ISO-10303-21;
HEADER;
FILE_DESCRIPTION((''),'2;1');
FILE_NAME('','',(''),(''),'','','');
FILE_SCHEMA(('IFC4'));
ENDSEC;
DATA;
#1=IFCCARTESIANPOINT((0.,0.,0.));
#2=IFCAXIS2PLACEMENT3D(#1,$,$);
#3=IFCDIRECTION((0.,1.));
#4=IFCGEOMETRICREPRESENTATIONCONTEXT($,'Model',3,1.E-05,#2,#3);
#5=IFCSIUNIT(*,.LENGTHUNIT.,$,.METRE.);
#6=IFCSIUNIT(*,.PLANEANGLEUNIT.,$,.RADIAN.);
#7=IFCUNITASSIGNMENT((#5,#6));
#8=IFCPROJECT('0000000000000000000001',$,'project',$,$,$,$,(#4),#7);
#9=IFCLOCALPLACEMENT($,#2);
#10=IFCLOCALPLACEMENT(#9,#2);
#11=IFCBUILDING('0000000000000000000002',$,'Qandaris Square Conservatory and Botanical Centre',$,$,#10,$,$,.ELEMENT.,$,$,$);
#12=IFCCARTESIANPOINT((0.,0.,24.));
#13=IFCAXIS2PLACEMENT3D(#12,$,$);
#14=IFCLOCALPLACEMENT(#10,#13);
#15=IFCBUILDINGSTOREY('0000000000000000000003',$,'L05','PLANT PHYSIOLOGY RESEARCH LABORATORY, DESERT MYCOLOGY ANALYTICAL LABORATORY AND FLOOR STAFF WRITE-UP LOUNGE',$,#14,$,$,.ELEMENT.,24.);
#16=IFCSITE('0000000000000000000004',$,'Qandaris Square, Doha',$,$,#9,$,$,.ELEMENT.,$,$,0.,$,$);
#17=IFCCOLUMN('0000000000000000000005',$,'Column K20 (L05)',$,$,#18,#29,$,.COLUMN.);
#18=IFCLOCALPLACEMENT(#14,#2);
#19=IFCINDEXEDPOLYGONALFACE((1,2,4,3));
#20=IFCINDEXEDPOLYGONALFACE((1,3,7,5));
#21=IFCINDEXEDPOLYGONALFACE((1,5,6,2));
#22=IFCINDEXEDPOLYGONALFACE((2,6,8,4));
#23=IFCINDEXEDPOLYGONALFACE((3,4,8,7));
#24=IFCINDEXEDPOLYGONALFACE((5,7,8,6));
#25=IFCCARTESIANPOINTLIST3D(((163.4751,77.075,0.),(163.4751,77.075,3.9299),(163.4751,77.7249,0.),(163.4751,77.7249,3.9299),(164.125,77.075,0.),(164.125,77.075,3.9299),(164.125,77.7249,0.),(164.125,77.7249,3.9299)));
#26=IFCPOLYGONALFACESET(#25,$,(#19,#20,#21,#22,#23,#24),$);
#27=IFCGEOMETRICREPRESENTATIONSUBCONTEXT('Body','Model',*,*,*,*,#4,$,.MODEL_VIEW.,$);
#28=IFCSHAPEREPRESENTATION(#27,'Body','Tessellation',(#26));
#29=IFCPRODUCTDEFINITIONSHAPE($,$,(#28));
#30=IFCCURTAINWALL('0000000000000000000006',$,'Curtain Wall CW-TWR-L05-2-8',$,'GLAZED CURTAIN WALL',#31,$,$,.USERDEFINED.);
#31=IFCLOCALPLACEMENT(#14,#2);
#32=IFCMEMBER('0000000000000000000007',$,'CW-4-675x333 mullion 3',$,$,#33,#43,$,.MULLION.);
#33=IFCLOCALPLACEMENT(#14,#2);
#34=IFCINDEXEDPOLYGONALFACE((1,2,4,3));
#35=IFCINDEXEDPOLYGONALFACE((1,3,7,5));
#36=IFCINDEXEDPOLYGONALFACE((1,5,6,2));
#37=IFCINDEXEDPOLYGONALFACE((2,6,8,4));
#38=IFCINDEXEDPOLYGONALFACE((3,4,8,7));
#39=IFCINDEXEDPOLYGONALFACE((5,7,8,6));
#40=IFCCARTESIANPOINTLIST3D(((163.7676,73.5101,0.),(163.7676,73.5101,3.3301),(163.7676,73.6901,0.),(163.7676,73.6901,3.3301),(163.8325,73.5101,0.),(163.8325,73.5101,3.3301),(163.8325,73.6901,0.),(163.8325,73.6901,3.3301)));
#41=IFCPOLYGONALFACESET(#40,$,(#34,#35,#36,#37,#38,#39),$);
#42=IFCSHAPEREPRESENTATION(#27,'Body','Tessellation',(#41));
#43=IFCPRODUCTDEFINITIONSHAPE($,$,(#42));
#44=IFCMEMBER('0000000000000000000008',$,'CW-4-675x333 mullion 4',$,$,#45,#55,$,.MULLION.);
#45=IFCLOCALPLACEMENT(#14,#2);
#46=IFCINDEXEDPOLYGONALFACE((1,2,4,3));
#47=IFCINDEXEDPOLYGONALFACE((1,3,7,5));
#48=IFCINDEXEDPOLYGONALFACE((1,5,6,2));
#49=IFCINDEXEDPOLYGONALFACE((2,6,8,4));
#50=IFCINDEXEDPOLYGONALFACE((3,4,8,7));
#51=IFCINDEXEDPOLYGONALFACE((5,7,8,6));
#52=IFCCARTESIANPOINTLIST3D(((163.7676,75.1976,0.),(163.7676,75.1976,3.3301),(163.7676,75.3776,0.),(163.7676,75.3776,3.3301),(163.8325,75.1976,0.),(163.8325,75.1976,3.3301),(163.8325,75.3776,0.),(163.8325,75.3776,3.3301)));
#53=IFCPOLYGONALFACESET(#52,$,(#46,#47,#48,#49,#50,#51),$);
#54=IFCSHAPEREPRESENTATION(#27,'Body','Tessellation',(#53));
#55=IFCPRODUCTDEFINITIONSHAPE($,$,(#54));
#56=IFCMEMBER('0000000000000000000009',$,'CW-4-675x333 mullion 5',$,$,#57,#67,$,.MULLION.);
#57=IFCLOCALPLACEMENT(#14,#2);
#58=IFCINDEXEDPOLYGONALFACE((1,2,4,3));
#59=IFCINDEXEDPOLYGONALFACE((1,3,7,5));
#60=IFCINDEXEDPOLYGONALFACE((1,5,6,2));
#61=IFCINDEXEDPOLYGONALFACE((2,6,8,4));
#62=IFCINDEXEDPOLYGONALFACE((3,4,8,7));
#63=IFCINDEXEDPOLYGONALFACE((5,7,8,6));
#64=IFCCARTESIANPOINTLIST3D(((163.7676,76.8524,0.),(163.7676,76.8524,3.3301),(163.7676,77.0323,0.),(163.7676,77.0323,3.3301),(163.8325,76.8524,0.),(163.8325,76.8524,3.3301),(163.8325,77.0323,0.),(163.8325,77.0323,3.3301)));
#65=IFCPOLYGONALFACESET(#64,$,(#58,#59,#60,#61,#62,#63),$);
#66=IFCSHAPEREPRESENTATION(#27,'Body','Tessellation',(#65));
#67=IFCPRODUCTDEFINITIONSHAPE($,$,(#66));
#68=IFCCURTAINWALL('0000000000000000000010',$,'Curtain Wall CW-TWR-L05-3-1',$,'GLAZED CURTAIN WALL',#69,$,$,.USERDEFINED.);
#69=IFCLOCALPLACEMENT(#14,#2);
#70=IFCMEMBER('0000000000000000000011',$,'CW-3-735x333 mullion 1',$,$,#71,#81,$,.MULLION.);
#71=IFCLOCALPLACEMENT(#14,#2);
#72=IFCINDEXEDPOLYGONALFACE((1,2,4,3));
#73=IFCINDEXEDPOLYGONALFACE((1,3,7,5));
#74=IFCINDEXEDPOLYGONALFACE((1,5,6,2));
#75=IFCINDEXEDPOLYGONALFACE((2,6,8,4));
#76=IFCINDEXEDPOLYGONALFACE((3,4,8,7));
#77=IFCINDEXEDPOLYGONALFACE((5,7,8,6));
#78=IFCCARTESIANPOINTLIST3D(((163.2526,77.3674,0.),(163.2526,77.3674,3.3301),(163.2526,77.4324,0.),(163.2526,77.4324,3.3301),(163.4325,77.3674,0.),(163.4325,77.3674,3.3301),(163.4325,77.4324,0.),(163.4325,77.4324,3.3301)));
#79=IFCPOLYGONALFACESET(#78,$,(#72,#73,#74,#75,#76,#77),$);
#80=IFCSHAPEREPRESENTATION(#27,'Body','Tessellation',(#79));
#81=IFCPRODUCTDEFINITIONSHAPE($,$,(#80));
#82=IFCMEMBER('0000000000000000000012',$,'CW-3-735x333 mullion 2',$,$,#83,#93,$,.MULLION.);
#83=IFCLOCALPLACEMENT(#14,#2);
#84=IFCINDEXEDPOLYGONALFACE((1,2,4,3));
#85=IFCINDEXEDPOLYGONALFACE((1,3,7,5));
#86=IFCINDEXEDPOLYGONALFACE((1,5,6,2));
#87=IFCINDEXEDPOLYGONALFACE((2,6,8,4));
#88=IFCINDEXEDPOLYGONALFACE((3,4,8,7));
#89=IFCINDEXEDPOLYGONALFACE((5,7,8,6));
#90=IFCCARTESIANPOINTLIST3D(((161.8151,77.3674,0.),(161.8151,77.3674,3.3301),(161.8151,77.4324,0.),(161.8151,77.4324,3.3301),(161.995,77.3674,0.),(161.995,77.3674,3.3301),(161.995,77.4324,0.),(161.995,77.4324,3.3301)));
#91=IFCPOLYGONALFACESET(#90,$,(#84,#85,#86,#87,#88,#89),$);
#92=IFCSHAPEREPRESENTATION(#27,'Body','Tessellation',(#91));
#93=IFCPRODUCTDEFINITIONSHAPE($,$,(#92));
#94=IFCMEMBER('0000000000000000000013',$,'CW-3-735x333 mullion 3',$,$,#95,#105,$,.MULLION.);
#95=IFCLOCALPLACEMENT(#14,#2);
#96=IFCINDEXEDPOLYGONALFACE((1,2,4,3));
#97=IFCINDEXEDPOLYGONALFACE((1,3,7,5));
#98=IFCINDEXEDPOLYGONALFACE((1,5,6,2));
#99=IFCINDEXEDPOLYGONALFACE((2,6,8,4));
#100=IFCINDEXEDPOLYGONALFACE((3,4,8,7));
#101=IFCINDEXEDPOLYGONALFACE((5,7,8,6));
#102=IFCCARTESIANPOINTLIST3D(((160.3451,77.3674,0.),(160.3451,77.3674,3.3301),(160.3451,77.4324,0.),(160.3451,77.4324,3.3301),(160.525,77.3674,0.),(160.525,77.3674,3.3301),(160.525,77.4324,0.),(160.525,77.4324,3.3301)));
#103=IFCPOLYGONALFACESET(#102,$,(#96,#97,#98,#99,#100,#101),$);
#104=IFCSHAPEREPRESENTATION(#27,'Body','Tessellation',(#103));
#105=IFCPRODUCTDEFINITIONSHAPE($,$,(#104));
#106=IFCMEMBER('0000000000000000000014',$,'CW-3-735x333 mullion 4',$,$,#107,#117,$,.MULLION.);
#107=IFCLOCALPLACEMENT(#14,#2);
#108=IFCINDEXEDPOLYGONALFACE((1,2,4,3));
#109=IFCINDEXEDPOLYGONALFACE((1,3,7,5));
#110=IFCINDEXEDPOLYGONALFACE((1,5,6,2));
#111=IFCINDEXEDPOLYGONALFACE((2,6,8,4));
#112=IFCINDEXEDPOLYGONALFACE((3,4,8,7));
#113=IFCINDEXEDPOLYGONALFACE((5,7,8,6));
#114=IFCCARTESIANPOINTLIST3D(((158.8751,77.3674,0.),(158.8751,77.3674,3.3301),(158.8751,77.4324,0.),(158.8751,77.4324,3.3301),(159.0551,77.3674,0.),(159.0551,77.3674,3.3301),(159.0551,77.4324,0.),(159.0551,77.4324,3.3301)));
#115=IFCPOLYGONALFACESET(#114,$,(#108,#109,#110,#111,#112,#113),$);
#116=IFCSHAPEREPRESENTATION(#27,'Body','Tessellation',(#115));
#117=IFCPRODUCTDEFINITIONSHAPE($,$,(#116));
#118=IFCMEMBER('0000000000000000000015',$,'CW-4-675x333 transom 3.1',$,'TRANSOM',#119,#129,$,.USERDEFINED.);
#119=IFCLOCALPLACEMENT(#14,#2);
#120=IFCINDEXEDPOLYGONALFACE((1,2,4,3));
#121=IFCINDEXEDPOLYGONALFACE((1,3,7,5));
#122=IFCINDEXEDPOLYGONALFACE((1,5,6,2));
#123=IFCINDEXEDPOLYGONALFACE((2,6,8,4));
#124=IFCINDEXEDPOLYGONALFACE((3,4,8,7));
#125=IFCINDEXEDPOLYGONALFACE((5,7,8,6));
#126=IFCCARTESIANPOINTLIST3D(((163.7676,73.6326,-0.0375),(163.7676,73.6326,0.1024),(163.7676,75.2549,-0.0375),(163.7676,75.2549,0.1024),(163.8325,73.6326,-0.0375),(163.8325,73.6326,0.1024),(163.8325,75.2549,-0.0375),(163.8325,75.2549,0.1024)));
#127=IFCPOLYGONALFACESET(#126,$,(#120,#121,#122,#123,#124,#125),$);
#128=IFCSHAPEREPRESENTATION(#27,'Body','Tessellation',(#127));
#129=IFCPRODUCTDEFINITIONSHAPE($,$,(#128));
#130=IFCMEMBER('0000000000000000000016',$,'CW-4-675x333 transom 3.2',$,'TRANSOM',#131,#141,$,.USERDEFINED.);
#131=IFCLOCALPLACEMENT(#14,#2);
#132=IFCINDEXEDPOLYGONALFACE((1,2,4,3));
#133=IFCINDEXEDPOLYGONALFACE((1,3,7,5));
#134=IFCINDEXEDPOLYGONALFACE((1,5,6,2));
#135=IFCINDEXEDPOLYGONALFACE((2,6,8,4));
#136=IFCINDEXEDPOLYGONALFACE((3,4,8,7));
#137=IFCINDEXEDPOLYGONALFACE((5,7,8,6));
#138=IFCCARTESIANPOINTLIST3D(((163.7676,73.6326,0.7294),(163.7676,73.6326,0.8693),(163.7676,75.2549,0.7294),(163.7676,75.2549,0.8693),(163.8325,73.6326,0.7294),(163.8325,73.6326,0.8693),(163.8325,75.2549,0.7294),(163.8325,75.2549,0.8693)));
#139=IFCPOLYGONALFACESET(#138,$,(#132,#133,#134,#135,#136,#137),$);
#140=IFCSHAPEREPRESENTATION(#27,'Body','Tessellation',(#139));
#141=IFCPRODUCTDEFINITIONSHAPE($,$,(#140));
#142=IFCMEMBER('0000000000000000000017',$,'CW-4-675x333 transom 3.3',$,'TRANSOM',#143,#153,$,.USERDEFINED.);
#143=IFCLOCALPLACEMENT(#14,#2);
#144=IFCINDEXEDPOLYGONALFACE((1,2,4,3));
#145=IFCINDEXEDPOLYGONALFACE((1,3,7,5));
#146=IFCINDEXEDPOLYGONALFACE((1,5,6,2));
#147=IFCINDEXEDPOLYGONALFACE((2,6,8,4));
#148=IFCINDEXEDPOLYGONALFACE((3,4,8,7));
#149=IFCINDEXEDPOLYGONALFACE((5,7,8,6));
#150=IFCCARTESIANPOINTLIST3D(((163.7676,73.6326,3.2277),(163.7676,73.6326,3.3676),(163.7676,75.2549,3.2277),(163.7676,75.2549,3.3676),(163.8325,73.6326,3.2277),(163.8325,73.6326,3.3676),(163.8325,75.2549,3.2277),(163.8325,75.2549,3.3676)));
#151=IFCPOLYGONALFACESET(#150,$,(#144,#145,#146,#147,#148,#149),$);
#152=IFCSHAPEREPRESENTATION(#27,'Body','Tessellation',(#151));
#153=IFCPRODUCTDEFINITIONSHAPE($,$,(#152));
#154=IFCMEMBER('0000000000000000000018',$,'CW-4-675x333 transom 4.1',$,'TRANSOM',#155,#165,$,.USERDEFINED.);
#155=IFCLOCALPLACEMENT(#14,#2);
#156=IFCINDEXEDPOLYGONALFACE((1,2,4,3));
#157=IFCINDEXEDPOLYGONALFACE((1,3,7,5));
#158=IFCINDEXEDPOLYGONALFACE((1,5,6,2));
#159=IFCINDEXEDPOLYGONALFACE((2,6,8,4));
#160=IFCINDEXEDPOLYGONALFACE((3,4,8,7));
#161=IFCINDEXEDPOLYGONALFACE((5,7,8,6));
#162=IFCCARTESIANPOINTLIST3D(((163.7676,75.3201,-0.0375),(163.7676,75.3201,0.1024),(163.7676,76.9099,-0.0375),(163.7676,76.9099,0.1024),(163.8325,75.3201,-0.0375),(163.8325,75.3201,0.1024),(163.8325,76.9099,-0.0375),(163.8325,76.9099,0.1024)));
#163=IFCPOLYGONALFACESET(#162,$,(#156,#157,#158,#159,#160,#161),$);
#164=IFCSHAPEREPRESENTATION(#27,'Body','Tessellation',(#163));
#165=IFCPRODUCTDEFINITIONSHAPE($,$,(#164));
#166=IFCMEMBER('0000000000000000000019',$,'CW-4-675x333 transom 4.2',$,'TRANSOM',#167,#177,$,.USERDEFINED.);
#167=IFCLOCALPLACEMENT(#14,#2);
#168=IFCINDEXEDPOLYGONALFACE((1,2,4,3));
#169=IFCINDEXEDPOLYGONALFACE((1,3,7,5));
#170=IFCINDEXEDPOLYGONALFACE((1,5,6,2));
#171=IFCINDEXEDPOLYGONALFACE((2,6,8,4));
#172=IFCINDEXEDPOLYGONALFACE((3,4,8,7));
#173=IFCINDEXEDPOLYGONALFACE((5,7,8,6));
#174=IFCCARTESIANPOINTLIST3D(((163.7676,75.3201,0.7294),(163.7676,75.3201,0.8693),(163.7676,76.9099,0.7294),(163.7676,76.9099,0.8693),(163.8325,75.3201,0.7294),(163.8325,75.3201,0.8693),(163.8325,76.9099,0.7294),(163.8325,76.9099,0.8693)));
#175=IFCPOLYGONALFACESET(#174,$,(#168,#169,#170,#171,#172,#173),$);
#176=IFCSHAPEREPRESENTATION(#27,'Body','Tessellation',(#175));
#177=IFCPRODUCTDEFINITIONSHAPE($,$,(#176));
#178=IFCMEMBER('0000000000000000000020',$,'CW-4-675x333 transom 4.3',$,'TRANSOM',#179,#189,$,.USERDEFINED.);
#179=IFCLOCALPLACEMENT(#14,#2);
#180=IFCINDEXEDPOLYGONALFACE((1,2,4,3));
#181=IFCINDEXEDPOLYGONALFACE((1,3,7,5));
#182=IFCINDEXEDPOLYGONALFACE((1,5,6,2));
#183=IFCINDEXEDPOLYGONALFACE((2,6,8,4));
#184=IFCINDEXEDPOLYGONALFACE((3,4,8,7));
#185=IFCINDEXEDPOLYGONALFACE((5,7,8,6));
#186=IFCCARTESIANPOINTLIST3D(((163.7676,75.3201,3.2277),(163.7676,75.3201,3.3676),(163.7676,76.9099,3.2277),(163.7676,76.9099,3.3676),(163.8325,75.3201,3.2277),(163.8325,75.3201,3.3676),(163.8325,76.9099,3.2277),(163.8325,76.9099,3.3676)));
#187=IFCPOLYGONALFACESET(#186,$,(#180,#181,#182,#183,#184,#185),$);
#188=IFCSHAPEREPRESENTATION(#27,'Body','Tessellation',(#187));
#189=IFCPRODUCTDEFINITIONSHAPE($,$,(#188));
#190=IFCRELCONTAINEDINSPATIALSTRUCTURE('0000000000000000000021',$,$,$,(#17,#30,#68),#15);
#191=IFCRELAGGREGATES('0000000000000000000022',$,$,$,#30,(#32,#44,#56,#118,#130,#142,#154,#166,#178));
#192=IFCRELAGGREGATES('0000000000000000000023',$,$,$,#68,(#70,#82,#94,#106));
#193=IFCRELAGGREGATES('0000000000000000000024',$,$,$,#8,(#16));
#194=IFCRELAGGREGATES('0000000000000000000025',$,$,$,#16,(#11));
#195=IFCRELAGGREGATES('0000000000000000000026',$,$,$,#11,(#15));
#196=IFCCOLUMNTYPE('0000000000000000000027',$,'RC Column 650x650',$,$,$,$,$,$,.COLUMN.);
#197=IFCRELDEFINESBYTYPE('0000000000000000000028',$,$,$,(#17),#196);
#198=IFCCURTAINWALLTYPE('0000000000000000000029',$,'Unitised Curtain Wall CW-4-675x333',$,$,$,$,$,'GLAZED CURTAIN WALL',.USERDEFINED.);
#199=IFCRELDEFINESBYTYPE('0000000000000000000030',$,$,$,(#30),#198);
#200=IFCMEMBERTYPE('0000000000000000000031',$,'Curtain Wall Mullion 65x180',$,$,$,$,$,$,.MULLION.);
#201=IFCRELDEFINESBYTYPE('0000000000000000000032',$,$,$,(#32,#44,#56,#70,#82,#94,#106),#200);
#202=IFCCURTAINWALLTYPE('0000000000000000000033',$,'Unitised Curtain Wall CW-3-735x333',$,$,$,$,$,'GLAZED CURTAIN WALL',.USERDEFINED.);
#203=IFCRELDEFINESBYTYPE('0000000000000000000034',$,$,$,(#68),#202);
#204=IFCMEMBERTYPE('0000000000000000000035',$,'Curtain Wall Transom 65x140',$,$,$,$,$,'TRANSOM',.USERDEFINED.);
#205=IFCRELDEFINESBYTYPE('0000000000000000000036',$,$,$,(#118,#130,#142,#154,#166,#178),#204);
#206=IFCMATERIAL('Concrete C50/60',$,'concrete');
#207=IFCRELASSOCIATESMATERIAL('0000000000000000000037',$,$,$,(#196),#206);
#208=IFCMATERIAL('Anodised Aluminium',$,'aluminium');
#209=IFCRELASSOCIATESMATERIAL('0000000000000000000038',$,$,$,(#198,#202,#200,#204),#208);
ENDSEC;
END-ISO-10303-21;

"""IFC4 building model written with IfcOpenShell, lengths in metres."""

from ifc_helpers import new_model, si_unit, direction, frame, origin, origin_2d, place, context, subcontext, project, spatial, rectangle, extrude, material, material_profile, profile_set, type_object, element, aggregate, save


model = new_model("IFC4")

# Units and contexts
model_context = context("Model", 3, precision=1e-05, world=origin(), true_north=direction((0.0, 1.0)))
body_context = subcontext(model_context, "Body", "Model", "MODEL_VIEW")
ifc_project = project(units=[si_unit("LENGTHUNIT", "METRE"), si_unit("PLANEANGLEUNIT", "RADIAN")], contexts=[model_context])

# Site, building, storey
site_placement = place(None, origin())
site = spatial("IfcSite", under=ifc_project, at=site_placement, Name="Qandaris Square, Doha", CompositionType="ELEMENT", RefElevation=0.0)
building_placement = place(site_placement, origin())
building = spatial("IfcBuilding", under=site, at=building_placement, Name="Qandaris Square Conservatory and Botanical Centre", CompositionType="ELEMENT")
storey_placement = place(building_placement, frame((0.0, 0.0, 24.0)))
storey = spatial("IfcBuildingStorey", under=building, at=storey_placement, Name="L05", Description="PLANT PHYSIOLOGY RESEARCH LABORATORY, DESERT MYCOLOGY ANALYTICAL LABORATORY AND FLOOR STAFF WRITE-UP LOUNGE", CompositionType="ELEMENT", Elevation=24.0)

# Column
ifc_material_1 = material(Name="Concrete C50/60", Category="concrete")
ifc_material_profile_1 = material_profile(ifc_material_1, rectangle(XDim=0.6499, YDim=0.6499, at=origin_2d()), Name="RC-COL 650x650")
ifc_profile_set_1 = profile_set([ifc_material_profile_1], Name="Concrete C50/60")
column_type = type_object("IfcColumnType", Name="RC Column 650x650", PredefinedType="COLUMN", material=ifc_profile_set_1)
column_placement = place(storey_placement, frame((163.8, 77.3999, 0.0), z_axis=(0.0, 0.0, 1.0), x_axis=(1.0, 0.0, 0.0)))
element("IfcColumn", 1, at=column_placement, inside=storey, type_object=column_type, Name="Column K20 (L05)", PredefinedType="COLUMN", context=body_context, shape_type="SweptSolid", body=[
    extrude(rectangle(XDim=0.6499, YDim=0.6499, at=origin_2d()), origin(), (0.0, 0.0, 1.0), 3.9299),
])

# Curtain walls, members
ifc_material_2 = material(Name="Anodised Aluminium", Category="aluminium")
curtain_wall_type_1 = type_object("IfcCurtainWallType", Name="Unitised Curtain Wall CW-4-675x333", ElementType="GLAZED CURTAIN WALL", PredefinedType="USERDEFINED", material=ifc_material_2)
curtain_wall_1_placement = place(storey_placement, origin())
curtain_wall_1 = element("IfcCurtainWall", 2, at=curtain_wall_1_placement, inside=storey, type_object=curtain_wall_type_1, Name="Curtain Wall CW-TWR-L05-2-8", ObjectType="GLAZED CURTAIN WALL", PredefinedType="USERDEFINED")
ifc_material_profile_2 = material_profile(ifc_material_2, rectangle(XDim=0.0649, YDim=0.1799, at=origin_2d()), Name="ALU-MUL 65x180")
ifc_profile_set_2 = profile_set([ifc_material_profile_2], Name="Anodised Aluminium")
member_type_1 = type_object("IfcMemberType", Name="Curtain Wall Mullion 65x180", PredefinedType="MULLION", material=ifc_profile_set_2)
member_1_placement = place(storey_placement, frame((163.8, 73.6001, 0.0), z_axis=(0.0, 0.0, 1.0), x_axis=(-1.0, 0.0, 0.0)))
member_1 = element("IfcMember", 3, at=member_1_placement, type_object=member_type_1, Name="CW-4-675x333 mullion 3", PredefinedType="MULLION", context=body_context, shape_type="SweptSolid", body=[
    extrude(rectangle(XDim=0.0649, YDim=0.1799, at=origin_2d()), origin(), (0.0, 0.0, 1.0), 3.3301),
])
member_2_placement = place(storey_placement, frame((163.8, 75.2876, 0.0), z_axis=(0.0, 0.0, 1.0), x_axis=(-1.0, 0.0, 0.0)))
member_2 = element("IfcMember", 4, at=member_2_placement, type_object=member_type_1, Name="CW-4-675x333 mullion 4", PredefinedType="MULLION", context=body_context, shape_type="SweptSolid", body=[
    extrude(rectangle(XDim=0.0649, YDim=0.1799, at=origin_2d()), origin(), (0.0, 0.0, 1.0), 3.3301),
])
member_3_placement = place(storey_placement, frame((163.8, 76.9424, 0.0), z_axis=(0.0, 0.0, 1.0), x_axis=(-1.0, 0.0, 0.0)))
member_3 = element("IfcMember", 5, at=member_3_placement, type_object=member_type_1, Name="CW-4-675x333 mullion 5", PredefinedType="MULLION", context=body_context, shape_type="SweptSolid", body=[
    extrude(rectangle(XDim=0.0649, YDim=0.1799, at=origin_2d()), origin(), (0.0, 0.0, 1.0), 3.3301),
])
curtain_wall_type_2 = type_object("IfcCurtainWallType", Name="Unitised Curtain Wall CW-3-735x333", ElementType="GLAZED CURTAIN WALL", PredefinedType="USERDEFINED", material=ifc_material_2)
curtain_wall_2_placement = place(storey_placement, origin())
curtain_wall_2 = element("IfcCurtainWall", 6, at=curtain_wall_2_placement, inside=storey, type_object=curtain_wall_type_2, Name="Curtain Wall CW-TWR-L05-3-1", ObjectType="GLAZED CURTAIN WALL", PredefinedType="USERDEFINED")
member_4_placement = place(storey_placement, frame((163.3425, 77.3999, 0.0), z_axis=(0.0, 0.0, 1.0), x_axis=(0.0, -1.0, 0.0)))
member_4 = element("IfcMember", 7, at=member_4_placement, type_object=member_type_1, Name="CW-3-735x333 mullion 1", PredefinedType="MULLION", context=body_context, shape_type="SweptSolid", body=[
    extrude(rectangle(XDim=0.0649, YDim=0.1799, at=origin_2d()), origin(), (0.0, 0.0, 1.0), 3.3301),
])
member_5_placement = place(storey_placement, frame((161.905, 77.3999, 0.0), z_axis=(0.0, 0.0, 1.0), x_axis=(0.0, -1.0, 0.0)))
member_5 = element("IfcMember", 8, at=member_5_placement, type_object=member_type_1, Name="CW-3-735x333 mullion 2", PredefinedType="MULLION", context=body_context, shape_type="SweptSolid", body=[
    extrude(rectangle(XDim=0.0649, YDim=0.1799, at=origin_2d()), origin(), (0.0, 0.0, 1.0), 3.3301),
])
member_6_placement = place(storey_placement, frame((160.4351, 77.3999, 0.0), z_axis=(0.0, 0.0, 1.0), x_axis=(0.0, -1.0, 0.0)))
member_6 = element("IfcMember", 9, at=member_6_placement, type_object=member_type_1, Name="CW-3-735x333 mullion 3", PredefinedType="MULLION", context=body_context, shape_type="SweptSolid", body=[
    extrude(rectangle(XDim=0.0649, YDim=0.1799, at=origin_2d()), origin(), (0.0, 0.0, 1.0), 3.3301),
])
member_7_placement = place(storey_placement, frame((158.9651, 77.3999, 0.0), z_axis=(0.0, 0.0, 1.0), x_axis=(0.0, -1.0, 0.0)))
member_7 = element("IfcMember", 10, at=member_7_placement, type_object=member_type_1, Name="CW-3-735x333 mullion 4", PredefinedType="MULLION", context=body_context, shape_type="SweptSolid", body=[
    extrude(rectangle(XDim=0.0649, YDim=0.1799, at=origin_2d()), origin(), (0.0, 0.0, 1.0), 3.3301),
])

# Members
ifc_material_profile_3 = material_profile(ifc_material_2, rectangle(XDim=0.0649, YDim=0.1399, at=origin_2d()), Name="ALU-TRN 65x140")
ifc_profile_set_3 = profile_set([ifc_material_profile_3], Name="Anodised Aluminium")
member_type_2 = type_object("IfcMemberType", Name="Curtain Wall Transom 65x140", ElementType="TRANSOM", PredefinedType="USERDEFINED", material=ifc_profile_set_3)
member_8_placement = place(storey_placement, frame((163.8, 73.6326, 0.0325), z_axis=(0.0, 1.0, 0.0), x_axis=(-1.0, 0.0, 0.0)))
member_8 = element("IfcMember", 11, at=member_8_placement, type_object=member_type_2, Name="CW-4-675x333 transom 3.1", ObjectType="TRANSOM", PredefinedType="USERDEFINED", context=body_context, shape_type="SweptSolid", body=[
    extrude(rectangle(XDim=0.0649, YDim=0.1399, at=origin_2d()), origin(), (0.0, 0.0, 1.0), 1.6223),
])
member_9_placement = place(storey_placement, frame((163.8, 73.6326, 0.7993), z_axis=(0.0, 1.0, 0.0), x_axis=(-1.0, 0.0, 0.0)))
member_9 = element("IfcMember", 12, at=member_9_placement, type_object=member_type_2, Name="CW-4-675x333 transom 3.2", ObjectType="TRANSOM", PredefinedType="USERDEFINED", context=body_context, shape_type="SweptSolid", body=[
    extrude(rectangle(XDim=0.0649, YDim=0.1399, at=origin_2d()), origin(), (0.0, 0.0, 1.0), 1.6223),
])
member_10_placement = place(storey_placement, frame((163.8, 73.6326, 3.2976), z_axis=(0.0, 1.0, 0.0), x_axis=(-1.0, 0.0, 0.0)))
member_10 = element("IfcMember", 13, at=member_10_placement, type_object=member_type_2, Name="CW-4-675x333 transom 3.3", ObjectType="TRANSOM", PredefinedType="USERDEFINED", context=body_context, shape_type="SweptSolid", body=[
    extrude(rectangle(XDim=0.0649, YDim=0.1399, at=origin_2d()), origin(), (0.0, 0.0, 1.0), 1.6223),
])
member_11_placement = place(storey_placement, frame((163.8, 75.3201, 0.0325), z_axis=(0.0, 1.0, 0.0), x_axis=(-1.0, 0.0, 0.0)))
member_11 = element("IfcMember", 14, at=member_11_placement, type_object=member_type_2, Name="CW-4-675x333 transom 4.1", ObjectType="TRANSOM", PredefinedType="USERDEFINED", context=body_context, shape_type="SweptSolid", body=[
    extrude(rectangle(XDim=0.0649, YDim=0.1399, at=origin_2d()), origin(), (0.0, 0.0, 1.0), 1.5898),
])
member_12_placement = place(storey_placement, frame((163.8, 75.3201, 0.7993), z_axis=(0.0, 1.0, 0.0), x_axis=(-1.0, 0.0, 0.0)))
member_12 = element("IfcMember", 15, at=member_12_placement, type_object=member_type_2, Name="CW-4-675x333 transom 4.2", ObjectType="TRANSOM", PredefinedType="USERDEFINED", context=body_context, shape_type="SweptSolid", body=[
    extrude(rectangle(XDim=0.0649, YDim=0.1399, at=origin_2d()), origin(), (0.0, 0.0, 1.0), 1.5898),
])
member_13_placement = place(storey_placement, frame((163.8, 75.3201, 3.2976), z_axis=(0.0, 1.0, 0.0), x_axis=(-1.0, 0.0, 0.0)))
member_13 = element("IfcMember", 16, at=member_13_placement, type_object=member_type_2, Name="CW-4-675x333 transom 4.3", ObjectType="TRANSOM", PredefinedType="USERDEFINED", context=body_context, shape_type="SweptSolid", body=[
    extrude(rectangle(XDim=0.0649, YDim=0.1399, at=origin_2d()), origin(), (0.0, 0.0, 1.0), 1.5898),
])

aggregate(curtain_wall_1, [member_1, member_2, member_3, member_8, member_9, member_10, member_11, member_12, member_13])
aggregate(curtain_wall_2, [member_4, member_5, member_6, member_7])

save(model, "model.ifc")
